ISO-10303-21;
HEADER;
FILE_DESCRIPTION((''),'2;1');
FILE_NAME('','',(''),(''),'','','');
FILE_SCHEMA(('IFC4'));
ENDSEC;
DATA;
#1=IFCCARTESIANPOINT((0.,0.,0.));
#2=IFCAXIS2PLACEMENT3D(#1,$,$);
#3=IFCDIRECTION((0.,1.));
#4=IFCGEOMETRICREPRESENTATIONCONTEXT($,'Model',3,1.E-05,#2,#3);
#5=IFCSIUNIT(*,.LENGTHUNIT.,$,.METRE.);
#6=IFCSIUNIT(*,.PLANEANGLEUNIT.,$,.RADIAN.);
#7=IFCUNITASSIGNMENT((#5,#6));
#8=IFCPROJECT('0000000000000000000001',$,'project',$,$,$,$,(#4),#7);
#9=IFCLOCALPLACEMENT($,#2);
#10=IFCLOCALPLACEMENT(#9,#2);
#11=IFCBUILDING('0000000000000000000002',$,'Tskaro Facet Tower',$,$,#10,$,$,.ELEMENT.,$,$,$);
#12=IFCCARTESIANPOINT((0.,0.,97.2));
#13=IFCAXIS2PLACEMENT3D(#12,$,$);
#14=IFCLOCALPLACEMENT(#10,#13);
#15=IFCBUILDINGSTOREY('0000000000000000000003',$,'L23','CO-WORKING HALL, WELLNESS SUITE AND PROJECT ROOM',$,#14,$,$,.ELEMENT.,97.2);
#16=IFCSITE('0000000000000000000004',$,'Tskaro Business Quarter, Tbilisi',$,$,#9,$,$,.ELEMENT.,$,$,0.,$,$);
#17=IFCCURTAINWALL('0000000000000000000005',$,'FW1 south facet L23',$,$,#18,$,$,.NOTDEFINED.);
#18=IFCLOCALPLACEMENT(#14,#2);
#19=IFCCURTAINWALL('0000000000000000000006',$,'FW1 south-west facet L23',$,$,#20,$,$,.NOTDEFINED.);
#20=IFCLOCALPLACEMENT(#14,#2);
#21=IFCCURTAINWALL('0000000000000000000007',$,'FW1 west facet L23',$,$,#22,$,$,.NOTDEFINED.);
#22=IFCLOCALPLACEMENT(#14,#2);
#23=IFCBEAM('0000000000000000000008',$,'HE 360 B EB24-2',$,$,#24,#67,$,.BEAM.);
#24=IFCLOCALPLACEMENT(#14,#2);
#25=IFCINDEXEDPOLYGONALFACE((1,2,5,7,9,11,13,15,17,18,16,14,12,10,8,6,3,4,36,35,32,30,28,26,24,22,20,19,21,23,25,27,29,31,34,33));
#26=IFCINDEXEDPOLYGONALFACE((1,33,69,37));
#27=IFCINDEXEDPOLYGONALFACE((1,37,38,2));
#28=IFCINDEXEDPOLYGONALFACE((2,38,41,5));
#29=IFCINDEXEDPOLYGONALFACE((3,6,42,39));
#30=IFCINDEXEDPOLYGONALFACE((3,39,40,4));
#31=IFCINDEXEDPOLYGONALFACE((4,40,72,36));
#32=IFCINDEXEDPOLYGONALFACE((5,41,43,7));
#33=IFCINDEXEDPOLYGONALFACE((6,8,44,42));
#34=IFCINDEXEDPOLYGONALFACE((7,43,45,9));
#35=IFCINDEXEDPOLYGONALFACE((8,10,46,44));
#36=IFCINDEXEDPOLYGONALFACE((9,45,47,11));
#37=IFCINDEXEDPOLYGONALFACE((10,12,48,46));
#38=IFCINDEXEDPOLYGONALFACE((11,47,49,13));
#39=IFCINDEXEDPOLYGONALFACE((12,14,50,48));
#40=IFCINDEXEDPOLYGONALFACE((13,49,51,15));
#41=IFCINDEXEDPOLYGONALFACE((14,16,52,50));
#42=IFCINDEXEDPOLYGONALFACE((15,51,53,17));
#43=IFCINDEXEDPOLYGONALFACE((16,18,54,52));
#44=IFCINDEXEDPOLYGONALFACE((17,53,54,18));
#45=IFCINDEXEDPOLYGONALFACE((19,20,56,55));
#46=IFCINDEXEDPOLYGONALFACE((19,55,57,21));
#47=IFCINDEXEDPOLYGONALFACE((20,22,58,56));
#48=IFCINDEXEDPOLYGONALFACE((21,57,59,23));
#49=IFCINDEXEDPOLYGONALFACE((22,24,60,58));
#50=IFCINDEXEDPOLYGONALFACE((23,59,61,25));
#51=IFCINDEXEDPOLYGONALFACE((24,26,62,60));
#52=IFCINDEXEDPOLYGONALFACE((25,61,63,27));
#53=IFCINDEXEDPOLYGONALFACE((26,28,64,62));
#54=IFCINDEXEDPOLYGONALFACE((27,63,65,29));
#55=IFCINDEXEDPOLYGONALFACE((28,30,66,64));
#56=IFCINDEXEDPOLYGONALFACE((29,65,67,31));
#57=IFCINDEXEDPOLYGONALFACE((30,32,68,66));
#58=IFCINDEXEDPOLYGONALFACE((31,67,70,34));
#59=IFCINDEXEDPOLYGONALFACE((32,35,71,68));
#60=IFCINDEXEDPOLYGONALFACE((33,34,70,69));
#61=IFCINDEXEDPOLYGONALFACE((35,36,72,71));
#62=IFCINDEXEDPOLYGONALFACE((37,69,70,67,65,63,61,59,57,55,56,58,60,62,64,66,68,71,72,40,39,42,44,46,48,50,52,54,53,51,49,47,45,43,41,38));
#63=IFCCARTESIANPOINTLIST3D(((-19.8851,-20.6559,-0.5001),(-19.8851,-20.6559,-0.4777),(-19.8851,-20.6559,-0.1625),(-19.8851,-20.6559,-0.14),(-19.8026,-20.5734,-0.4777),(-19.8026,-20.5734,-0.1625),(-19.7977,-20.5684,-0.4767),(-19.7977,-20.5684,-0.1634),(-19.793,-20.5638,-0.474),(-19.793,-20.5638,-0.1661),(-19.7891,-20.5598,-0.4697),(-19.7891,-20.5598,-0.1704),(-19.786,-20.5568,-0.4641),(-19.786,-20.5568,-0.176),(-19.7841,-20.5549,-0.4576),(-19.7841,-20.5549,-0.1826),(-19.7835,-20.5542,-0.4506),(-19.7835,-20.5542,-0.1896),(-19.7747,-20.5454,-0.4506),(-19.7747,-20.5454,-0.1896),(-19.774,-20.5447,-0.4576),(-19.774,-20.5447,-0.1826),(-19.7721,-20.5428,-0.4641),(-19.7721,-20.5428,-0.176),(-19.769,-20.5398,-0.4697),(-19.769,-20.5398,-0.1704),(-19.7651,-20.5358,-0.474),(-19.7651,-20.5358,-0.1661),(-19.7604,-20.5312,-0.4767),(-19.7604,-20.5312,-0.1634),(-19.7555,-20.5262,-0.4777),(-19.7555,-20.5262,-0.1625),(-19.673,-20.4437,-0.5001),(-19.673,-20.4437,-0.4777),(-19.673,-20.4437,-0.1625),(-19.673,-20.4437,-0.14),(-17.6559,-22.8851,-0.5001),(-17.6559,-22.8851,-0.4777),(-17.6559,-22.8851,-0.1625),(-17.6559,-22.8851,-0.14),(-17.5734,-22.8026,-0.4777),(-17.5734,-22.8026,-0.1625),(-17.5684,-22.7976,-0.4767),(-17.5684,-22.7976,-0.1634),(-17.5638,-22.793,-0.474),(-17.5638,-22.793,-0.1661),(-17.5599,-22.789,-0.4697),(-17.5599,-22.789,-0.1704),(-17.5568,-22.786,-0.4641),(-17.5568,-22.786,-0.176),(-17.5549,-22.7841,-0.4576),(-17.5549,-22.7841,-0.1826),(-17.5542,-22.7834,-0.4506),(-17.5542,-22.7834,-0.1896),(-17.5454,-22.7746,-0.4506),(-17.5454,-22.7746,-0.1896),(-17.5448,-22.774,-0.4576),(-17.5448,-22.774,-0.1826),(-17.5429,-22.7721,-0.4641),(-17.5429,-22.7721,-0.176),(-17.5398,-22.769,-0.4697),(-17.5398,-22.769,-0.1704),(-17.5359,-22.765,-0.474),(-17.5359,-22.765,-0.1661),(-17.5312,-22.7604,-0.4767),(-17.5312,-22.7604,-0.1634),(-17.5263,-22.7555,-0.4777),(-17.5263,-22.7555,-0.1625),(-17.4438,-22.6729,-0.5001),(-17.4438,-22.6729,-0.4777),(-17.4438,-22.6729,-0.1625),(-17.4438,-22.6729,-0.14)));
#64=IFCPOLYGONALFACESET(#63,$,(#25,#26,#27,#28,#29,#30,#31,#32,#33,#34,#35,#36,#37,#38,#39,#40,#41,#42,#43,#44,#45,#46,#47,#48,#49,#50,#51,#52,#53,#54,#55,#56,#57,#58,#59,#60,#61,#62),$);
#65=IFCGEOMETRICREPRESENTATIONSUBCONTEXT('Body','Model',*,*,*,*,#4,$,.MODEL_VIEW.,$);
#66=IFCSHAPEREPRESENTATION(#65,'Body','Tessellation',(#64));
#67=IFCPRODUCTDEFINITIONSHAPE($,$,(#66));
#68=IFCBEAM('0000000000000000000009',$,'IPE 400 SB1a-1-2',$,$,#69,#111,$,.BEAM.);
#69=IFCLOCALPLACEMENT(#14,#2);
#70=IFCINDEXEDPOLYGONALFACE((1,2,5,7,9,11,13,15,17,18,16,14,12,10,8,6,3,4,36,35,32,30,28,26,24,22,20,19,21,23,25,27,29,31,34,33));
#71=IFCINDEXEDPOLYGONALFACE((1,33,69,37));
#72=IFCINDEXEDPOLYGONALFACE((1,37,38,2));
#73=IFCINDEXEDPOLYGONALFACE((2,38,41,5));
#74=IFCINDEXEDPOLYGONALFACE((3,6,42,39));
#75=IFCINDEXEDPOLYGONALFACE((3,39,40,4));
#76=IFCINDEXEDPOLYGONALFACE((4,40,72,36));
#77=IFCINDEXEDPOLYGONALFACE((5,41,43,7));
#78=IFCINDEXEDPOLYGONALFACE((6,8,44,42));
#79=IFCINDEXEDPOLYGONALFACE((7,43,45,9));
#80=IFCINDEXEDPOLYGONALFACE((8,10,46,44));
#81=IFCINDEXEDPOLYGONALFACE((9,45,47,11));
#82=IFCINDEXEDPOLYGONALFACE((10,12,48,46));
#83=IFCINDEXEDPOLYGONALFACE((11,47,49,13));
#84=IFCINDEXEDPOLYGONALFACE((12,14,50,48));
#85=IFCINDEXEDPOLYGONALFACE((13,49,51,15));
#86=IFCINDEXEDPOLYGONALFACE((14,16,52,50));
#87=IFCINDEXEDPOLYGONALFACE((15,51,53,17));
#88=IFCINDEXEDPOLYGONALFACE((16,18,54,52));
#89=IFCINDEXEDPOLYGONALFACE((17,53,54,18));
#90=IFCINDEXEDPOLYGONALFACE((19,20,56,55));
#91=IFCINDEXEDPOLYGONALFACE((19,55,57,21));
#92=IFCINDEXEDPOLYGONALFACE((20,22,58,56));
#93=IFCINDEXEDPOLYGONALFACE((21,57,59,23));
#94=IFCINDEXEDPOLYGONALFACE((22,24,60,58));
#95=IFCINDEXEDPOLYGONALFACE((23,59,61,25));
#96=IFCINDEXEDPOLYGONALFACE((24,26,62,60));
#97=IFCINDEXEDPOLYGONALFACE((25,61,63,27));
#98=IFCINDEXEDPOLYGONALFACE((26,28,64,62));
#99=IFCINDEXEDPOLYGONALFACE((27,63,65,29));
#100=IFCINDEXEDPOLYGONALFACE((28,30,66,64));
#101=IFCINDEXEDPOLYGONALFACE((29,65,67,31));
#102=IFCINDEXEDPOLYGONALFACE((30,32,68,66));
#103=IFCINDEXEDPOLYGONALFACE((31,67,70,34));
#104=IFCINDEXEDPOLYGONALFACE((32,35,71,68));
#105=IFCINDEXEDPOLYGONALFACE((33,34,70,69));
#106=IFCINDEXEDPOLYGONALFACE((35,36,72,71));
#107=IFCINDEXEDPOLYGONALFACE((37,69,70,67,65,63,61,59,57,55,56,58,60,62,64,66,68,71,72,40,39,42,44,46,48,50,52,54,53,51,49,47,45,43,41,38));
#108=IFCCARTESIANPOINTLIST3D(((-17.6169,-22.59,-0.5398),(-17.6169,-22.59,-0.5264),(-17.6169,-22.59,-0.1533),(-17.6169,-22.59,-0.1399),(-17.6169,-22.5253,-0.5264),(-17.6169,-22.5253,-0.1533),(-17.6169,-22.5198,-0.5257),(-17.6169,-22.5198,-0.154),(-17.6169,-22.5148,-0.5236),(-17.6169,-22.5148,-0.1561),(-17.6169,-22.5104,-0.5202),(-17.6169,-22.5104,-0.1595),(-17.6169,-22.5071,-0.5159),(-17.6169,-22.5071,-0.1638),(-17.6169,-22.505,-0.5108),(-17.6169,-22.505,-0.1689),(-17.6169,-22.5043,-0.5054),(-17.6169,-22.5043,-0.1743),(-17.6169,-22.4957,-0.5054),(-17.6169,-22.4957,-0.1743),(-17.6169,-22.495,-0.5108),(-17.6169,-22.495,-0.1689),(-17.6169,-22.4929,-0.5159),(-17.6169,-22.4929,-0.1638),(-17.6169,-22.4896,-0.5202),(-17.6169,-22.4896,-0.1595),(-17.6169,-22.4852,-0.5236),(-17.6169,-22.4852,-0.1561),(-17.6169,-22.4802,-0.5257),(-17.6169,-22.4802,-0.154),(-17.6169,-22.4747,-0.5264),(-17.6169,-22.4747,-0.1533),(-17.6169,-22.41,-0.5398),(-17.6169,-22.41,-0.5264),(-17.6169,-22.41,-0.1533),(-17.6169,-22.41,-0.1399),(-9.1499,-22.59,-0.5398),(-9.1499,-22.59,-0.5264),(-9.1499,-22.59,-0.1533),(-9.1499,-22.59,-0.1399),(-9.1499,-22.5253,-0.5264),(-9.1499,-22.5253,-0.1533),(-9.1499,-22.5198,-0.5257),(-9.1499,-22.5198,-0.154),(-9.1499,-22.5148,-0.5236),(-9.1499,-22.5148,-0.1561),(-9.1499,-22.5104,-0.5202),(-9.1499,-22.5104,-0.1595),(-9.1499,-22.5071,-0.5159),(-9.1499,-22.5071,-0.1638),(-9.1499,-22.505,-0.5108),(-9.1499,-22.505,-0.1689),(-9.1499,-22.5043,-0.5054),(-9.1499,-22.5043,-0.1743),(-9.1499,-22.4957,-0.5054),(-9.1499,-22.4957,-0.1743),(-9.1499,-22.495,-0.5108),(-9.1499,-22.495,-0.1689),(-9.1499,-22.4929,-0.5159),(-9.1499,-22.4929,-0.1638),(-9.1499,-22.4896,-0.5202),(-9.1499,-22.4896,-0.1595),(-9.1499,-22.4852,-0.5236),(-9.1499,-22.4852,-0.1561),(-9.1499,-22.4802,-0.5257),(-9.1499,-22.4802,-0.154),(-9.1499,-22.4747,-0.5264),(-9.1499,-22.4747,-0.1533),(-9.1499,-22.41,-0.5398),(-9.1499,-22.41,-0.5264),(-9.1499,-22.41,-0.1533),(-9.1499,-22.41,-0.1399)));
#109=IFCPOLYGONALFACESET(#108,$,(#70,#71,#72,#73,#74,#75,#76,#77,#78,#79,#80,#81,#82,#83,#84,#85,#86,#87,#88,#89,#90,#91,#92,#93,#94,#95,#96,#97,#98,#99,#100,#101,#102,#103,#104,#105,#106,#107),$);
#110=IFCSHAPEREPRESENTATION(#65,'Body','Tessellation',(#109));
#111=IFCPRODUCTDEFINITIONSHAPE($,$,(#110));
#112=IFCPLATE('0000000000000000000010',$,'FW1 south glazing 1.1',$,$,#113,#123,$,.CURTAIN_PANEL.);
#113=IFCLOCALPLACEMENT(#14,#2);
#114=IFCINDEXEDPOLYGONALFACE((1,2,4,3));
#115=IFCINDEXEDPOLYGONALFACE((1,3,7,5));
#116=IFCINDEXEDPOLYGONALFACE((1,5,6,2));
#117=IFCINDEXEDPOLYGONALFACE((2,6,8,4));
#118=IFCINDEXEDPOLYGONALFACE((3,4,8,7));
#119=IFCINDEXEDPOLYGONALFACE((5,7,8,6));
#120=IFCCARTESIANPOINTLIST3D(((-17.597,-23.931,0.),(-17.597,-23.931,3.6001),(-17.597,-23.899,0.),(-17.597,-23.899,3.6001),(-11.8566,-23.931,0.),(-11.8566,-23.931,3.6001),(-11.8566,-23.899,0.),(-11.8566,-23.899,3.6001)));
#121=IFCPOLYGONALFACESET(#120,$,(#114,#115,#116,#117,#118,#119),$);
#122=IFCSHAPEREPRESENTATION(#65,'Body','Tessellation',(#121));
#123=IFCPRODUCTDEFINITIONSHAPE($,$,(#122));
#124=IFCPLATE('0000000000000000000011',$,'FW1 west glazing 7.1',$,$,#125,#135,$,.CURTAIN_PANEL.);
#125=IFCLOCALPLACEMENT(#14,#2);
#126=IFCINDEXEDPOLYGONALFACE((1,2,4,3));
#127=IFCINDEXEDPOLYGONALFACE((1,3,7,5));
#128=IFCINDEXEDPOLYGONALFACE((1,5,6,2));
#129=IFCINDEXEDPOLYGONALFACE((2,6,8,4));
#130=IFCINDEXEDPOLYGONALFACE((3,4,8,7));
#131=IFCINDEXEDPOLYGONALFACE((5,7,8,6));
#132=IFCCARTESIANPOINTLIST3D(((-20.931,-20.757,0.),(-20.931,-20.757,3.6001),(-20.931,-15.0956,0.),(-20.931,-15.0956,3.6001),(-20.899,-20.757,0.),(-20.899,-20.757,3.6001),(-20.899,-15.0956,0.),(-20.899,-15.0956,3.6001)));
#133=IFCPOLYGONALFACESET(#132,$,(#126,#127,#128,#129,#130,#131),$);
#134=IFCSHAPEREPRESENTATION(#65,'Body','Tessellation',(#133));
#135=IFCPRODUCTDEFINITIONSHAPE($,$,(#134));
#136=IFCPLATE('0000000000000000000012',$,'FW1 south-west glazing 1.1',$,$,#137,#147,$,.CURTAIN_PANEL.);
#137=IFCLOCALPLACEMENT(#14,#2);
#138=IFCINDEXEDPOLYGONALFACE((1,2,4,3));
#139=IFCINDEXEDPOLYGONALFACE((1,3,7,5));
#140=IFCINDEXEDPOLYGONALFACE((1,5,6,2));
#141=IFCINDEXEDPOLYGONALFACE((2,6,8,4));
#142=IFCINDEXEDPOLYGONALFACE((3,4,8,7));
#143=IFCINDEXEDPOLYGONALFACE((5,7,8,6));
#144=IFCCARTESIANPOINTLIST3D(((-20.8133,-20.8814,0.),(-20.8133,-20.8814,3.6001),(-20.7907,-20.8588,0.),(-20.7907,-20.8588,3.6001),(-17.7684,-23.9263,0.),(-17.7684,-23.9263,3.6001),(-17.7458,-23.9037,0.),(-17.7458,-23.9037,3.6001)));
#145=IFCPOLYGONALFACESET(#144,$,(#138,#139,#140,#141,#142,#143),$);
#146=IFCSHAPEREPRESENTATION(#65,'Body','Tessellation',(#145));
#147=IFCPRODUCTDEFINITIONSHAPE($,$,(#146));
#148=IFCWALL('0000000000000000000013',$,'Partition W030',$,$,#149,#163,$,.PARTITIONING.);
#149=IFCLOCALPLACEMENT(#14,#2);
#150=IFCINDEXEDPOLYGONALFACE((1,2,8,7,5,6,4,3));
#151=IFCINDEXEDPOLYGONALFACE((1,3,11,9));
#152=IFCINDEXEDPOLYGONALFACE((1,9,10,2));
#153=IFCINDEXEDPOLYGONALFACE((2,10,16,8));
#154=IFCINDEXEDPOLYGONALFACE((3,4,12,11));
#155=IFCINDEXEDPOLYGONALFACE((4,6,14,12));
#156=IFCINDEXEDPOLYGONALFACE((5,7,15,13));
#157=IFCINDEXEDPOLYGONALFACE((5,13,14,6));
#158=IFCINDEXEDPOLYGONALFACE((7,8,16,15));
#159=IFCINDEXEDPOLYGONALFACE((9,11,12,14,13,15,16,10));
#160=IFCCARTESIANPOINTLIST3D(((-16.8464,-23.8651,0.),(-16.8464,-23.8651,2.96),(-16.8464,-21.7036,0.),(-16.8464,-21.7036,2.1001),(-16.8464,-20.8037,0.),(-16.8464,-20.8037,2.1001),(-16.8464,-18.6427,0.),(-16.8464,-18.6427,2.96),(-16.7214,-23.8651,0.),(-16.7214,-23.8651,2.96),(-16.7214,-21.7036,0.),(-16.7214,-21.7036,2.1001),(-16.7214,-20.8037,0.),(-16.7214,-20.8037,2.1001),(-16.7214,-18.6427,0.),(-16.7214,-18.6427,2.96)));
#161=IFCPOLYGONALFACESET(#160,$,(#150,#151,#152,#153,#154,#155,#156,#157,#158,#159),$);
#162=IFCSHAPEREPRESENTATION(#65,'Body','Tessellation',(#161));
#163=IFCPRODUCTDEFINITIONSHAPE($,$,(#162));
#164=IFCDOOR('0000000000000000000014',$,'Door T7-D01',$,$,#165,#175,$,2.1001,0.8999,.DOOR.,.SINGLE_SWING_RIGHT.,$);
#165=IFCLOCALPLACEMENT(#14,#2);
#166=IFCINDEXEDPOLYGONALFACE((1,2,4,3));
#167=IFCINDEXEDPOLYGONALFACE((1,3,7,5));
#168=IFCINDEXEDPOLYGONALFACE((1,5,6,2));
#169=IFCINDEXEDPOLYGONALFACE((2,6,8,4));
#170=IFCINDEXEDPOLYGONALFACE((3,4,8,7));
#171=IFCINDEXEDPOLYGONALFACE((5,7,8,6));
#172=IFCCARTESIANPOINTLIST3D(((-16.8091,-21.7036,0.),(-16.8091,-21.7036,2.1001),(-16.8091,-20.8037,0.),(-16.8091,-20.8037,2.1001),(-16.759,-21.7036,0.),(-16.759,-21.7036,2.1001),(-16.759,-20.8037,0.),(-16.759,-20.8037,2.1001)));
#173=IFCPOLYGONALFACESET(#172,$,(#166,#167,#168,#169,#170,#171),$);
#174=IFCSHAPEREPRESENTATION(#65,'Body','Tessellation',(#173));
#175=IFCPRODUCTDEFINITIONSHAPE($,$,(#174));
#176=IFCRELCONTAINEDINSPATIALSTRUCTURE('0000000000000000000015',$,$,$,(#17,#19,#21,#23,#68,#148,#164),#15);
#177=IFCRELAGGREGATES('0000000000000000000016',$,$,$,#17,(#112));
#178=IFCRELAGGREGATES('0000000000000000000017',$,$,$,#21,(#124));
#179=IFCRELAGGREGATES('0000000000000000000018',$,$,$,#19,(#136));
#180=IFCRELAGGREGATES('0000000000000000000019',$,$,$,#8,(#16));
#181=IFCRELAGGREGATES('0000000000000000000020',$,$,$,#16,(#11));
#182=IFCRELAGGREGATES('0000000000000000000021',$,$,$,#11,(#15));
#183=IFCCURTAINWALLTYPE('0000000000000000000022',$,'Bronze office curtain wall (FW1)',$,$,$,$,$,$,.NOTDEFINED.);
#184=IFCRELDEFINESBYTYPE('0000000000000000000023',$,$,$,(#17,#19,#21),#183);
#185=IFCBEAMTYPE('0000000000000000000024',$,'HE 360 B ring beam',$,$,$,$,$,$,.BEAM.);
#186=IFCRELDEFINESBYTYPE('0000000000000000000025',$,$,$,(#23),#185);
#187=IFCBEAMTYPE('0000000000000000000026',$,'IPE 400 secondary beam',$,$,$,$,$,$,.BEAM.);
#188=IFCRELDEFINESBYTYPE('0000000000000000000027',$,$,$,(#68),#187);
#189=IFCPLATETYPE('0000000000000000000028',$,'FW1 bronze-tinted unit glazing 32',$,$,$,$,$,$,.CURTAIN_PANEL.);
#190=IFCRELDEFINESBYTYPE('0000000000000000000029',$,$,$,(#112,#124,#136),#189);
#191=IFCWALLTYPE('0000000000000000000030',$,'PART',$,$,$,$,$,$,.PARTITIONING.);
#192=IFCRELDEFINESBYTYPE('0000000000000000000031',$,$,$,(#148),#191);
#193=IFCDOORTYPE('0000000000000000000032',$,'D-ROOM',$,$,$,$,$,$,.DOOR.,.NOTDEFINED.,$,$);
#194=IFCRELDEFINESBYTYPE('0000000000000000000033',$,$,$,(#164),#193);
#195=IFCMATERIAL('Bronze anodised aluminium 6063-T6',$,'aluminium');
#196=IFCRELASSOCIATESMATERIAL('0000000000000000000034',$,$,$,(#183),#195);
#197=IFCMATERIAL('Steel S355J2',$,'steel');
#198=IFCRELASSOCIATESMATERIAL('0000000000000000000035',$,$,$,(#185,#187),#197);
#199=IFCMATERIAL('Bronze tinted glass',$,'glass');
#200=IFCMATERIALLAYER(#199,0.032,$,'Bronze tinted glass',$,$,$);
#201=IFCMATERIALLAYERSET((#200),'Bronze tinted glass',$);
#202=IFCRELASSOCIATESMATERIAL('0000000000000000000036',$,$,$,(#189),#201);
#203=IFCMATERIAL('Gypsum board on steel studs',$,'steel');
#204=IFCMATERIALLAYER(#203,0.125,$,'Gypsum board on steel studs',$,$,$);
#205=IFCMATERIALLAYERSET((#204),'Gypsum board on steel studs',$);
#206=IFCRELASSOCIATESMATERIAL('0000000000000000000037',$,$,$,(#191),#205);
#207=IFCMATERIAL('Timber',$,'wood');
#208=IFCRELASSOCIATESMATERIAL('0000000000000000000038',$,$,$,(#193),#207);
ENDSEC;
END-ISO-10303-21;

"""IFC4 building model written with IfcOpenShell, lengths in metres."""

from ifc_helpers import new_model, si_unit, direction, frame, frame_2d, origin, origin_2d, place, context, subcontext, project, spatial, rectangle, i_section, extrude, material, layer, layer_set, material_profile, profile_set, type_object, element, fill, aggregate, save


model = new_model("IFC4")

# Units and contexts
model_context = context("Model", 3, precision=1e-05, world=origin(), true_north=direction((0.0, 1.0)))
body_context = subcontext(model_context, "Body", "Model", "MODEL_VIEW")
ifc_project = project(units=[si_unit("LENGTHUNIT", "METRE"), si_unit("PLANEANGLEUNIT", "RADIAN")], contexts=[model_context])

# Site, building, storey
site_placement = place(None, origin())
site = spatial("IfcSite", under=ifc_project, at=site_placement, Name="Tskaro Business Quarter, Tbilisi", CompositionType="ELEMENT", RefElevation=0.0)
building_placement = place(site_placement, origin())
building = spatial("IfcBuilding", under=site, at=building_placement, Name="Tskaro Facet Tower", CompositionType="ELEMENT")
storey_placement = place(building_placement, frame((0.0, 0.0, 97.2)))
storey = spatial("IfcBuildingStorey", under=building, at=storey_placement, Name="L23", Description="CO-WORKING HALL, WELLNESS SUITE AND PROJECT ROOM", CompositionType="ELEMENT", Elevation=97.2)

# Curtain walls
ifc_material_1 = material(Name="Bronze anodised aluminium 6063-T6", Category="aluminium")
curtain_wall_type = type_object("IfcCurtainWallType", Name="Bronze office curtain wall (FW1)", PredefinedType="NOTDEFINED", material=ifc_material_1)
curtain_wall_1_placement = place(storey_placement, origin())
curtain_wall_1 = element("IfcCurtainWall", 1, at=curtain_wall_1_placement, inside=storey, type_object=curtain_wall_type, Name="FW1 south facet L23", PredefinedType="NOTDEFINED")
curtain_wall_2_placement = place(storey_placement, origin())
curtain_wall_2 = element("IfcCurtainWall", 2, at=curtain_wall_2_placement, inside=storey, type_object=curtain_wall_type, Name="FW1 south-west facet L23", PredefinedType="NOTDEFINED")

# Curtain wall
curtain_wall_3_placement = place(storey_placement, origin())
curtain_wall_3 = element("IfcCurtainWall", 3, at=curtain_wall_3_placement, inside=storey, type_object=curtain_wall_type, Name="FW1 west facet L23", PredefinedType="NOTDEFINED")

# Beams
ifc_material_2 = material(Name="Steel S355J2", Category="steel")
ifc_material_profile_1 = material_profile(ifc_material_2, i_section(OverallWidth=0.3, OverallDepth=0.3601, WebThickness=0.0125, FlangeThickness=0.0225, FilletRadius=0.0271, at=origin_2d()), Name="HE 360 B")
ifc_profile_set_1 = profile_set([ifc_material_profile_1], Name="Steel S355J2")
beam_type_1 = type_object("IfcBeamType", Name="HE 360 B ring beam", PredefinedType="BEAM", material=ifc_profile_set_1)
beam_1_placement = place(storey_placement, frame((-19.7791, -20.5498, -0.3201), z_axis=(0.707107, -0.707107, 0.0), x_axis=(0.707107, 0.707107, 0.0)))
element("IfcBeam", 4, at=beam_1_placement, inside=storey, type_object=beam_type_1, Name="HE 360 B EB24-2", PredefinedType="BEAM", context=body_context, shape_type="SweptSolid", body=[
    extrude(i_section(OverallWidth=0.3, OverallDepth=0.3601, WebThickness=0.0125, FlangeThickness=0.0225, FilletRadius=0.0271, at=origin_2d()), origin(), (0.0, 0.0, 1.0), 3.1526),
])
ifc_material_profile_2 = material_profile(ifc_material_2, i_section(OverallWidth=0.1799, OverallDepth=0.3999, WebThickness=0.0085, FlangeThickness=0.0134, FilletRadius=0.021, at=origin_2d()), Name="IPE 400")
ifc_profile_set_2 = profile_set([ifc_material_profile_2], Name="Steel S355J2")
beam_type_2 = type_object("IfcBeamType", Name="IPE 400 secondary beam", PredefinedType="BEAM", material=ifc_profile_set_2)
beam_2_placement = place(storey_placement, frame((-17.6169, -22.5, -0.3398), z_axis=(1.0, 0.0, 0.0), x_axis=(0.0, 1.0, 0.0)))
element("IfcBeam", 5, at=beam_2_placement, inside=storey, type_object=beam_type_2, Name="IPE 400 SB1a-1-2", PredefinedType="BEAM", context=body_context, shape_type="SweptSolid", body=[
    extrude(i_section(OverallWidth=0.1799, OverallDepth=0.3999, WebThickness=0.0085, FlangeThickness=0.0134, FilletRadius=0.021, at=origin_2d()), origin(), (0.0, 0.0, 1.0), 8.467),
])

# Plates
ifc_material_3 = material(Name="Bronze tinted glass", Category="glass")
ifc_layer_1 = layer(ifc_material_3, 0.032, Name="Bronze tinted glass")
ifc_layer_set_1 = layer_set([ifc_layer_1], Name="Bronze tinted glass")
plate_type = type_object("IfcPlateType", Name="FW1 bronze-tinted unit glazing 32", PredefinedType="CURTAIN_PANEL", material=ifc_layer_set_1)
plate_1_placement = place(storey_placement, frame((-14.7268, -23.915, 0.0), z_axis=(0.0, 0.0, 1.0), x_axis=(1.0, 0.0, 0.0)))
plate_1 = element("IfcPlate", 6, at=plate_1_placement, type_object=plate_type, Name="FW1 south glazing 1.1", PredefinedType="CURTAIN_PANEL", context=body_context, shape_type="SweptSolid", body=[
    extrude(rectangle(XDim=5.7405, YDim=0.032, at=origin_2d()), origin(), (0.0, 0.0, 1.0), 3.6001),
])
aggregate(curtain_wall_1, [plate_1])
plate_2_placement = place(storey_placement, frame((-20.915, -17.9263, 0.0), z_axis=(0.0, 0.0, 1.0), x_axis=(0.0, -1.0, 0.0)))
plate_2 = element("IfcPlate", 7, at=plate_2_placement, type_object=plate_type, Name="FW1 west glazing 7.1", PredefinedType="CURTAIN_PANEL", context=body_context, shape_type="SweptSolid", body=[
    extrude(rectangle(XDim=5.6614, YDim=0.032, at=origin_2d()), origin(), (0.0, 0.0, 1.0), 3.6001),
])
aggregate(curtain_wall_3, [plate_2])
plate_3_placement = place(storey_placement, frame((-19.2795, -22.3926, 0.0), z_axis=(0.0, 0.0, 1.0), x_axis=(0.707107, -0.707107, 0.0)))
plate_3 = element("IfcPlate", 8, at=plate_3_placement, type_object=plate_type, Name="FW1 south-west glazing 1.1", PredefinedType="CURTAIN_PANEL", context=body_context, shape_type="SweptSolid", body=[
    extrude(rectangle(XDim=4.3062, YDim=0.032, at=origin_2d()), origin(), (0.0, 0.0, 1.0), 3.6001),
])
aggregate(curtain_wall_2, [plate_3])

# Wall, opening, door
ifc_material_4 = material(Name="Gypsum board on steel studs", Category="steel")
ifc_layer_2 = layer(ifc_material_4, 0.125, Name="Gypsum board on steel studs")
ifc_layer_set_2 = layer_set([ifc_layer_2], Name="Gypsum board on steel studs")
wall_type = type_object("IfcWallType", Name="PART", PredefinedType="PARTITIONING", material=ifc_layer_set_2)
wall_placement = place(storey_placement, frame((-16.7839, -18.6426, 0.0), z_axis=(0.0, 0.0, 1.0), x_axis=(0.0, -1.0, 0.0)))
wall = element("IfcWall", 9, at=wall_placement, inside=storey, type_object=wall_type, Name="Partition W030", PredefinedType="PARTITIONING", context=body_context, shape_type="SweptSolid", body=[
    extrude(rectangle(XDim=5.2224, YDim=0.125, at=frame_2d((2.6113, 0.0))), origin(), (0.0, 0.0, 1.0), 2.96),
])
opening_placement = place(wall_placement, frame((2.1611, 0.0, 0.0)))
opening = element("IfcOpeningElement", 10, at=opening_placement, cuts=wall, PredefinedType="OPENING", context=body_context, shape_type="SweptSolid", body=[
    extrude(rectangle(XDim=0.8999, YDim=2.1001, at=frame_2d((0.45, 1.05))), frame((0.0, 0.0725, 0.0), z_axis=(0.0, -1.0, 0.0), x_axis=(1.0, 0.0, 0.0)), (0.0, 0.0, 1.0), 0.145),
])
ifc_material_5 = material(Name="Timber", Category="wood")
door_type = type_object("IfcDoorType", Name="D-ROOM", OperationType="NOTDEFINED", PredefinedType="DOOR", material=ifc_material_5)
door_placement = place(opening_placement, origin())
door = element("IfcDoor", 11, at=door_placement, inside=storey, type_object=door_type, Name="Door T7-D01", OperationType="SINGLE_SWING_RIGHT", OverallHeight=2.1001, OverallWidth=0.8999, PredefinedType="DOOR", context=body_context, shape_type="SweptSolid", body=[
    extrude(rectangle(XDim=0.8999, YDim=2.1001, at=frame_2d((0.45, 1.05))), frame((0.0, 0.0249, 0.0), z_axis=(0.0, -1.0, 0.0), x_axis=(1.0, 0.0, 0.0)), (0.0, 0.0, 1.0), 0.05),
])
fill(opening, door)

save(model, "model.ifc")
